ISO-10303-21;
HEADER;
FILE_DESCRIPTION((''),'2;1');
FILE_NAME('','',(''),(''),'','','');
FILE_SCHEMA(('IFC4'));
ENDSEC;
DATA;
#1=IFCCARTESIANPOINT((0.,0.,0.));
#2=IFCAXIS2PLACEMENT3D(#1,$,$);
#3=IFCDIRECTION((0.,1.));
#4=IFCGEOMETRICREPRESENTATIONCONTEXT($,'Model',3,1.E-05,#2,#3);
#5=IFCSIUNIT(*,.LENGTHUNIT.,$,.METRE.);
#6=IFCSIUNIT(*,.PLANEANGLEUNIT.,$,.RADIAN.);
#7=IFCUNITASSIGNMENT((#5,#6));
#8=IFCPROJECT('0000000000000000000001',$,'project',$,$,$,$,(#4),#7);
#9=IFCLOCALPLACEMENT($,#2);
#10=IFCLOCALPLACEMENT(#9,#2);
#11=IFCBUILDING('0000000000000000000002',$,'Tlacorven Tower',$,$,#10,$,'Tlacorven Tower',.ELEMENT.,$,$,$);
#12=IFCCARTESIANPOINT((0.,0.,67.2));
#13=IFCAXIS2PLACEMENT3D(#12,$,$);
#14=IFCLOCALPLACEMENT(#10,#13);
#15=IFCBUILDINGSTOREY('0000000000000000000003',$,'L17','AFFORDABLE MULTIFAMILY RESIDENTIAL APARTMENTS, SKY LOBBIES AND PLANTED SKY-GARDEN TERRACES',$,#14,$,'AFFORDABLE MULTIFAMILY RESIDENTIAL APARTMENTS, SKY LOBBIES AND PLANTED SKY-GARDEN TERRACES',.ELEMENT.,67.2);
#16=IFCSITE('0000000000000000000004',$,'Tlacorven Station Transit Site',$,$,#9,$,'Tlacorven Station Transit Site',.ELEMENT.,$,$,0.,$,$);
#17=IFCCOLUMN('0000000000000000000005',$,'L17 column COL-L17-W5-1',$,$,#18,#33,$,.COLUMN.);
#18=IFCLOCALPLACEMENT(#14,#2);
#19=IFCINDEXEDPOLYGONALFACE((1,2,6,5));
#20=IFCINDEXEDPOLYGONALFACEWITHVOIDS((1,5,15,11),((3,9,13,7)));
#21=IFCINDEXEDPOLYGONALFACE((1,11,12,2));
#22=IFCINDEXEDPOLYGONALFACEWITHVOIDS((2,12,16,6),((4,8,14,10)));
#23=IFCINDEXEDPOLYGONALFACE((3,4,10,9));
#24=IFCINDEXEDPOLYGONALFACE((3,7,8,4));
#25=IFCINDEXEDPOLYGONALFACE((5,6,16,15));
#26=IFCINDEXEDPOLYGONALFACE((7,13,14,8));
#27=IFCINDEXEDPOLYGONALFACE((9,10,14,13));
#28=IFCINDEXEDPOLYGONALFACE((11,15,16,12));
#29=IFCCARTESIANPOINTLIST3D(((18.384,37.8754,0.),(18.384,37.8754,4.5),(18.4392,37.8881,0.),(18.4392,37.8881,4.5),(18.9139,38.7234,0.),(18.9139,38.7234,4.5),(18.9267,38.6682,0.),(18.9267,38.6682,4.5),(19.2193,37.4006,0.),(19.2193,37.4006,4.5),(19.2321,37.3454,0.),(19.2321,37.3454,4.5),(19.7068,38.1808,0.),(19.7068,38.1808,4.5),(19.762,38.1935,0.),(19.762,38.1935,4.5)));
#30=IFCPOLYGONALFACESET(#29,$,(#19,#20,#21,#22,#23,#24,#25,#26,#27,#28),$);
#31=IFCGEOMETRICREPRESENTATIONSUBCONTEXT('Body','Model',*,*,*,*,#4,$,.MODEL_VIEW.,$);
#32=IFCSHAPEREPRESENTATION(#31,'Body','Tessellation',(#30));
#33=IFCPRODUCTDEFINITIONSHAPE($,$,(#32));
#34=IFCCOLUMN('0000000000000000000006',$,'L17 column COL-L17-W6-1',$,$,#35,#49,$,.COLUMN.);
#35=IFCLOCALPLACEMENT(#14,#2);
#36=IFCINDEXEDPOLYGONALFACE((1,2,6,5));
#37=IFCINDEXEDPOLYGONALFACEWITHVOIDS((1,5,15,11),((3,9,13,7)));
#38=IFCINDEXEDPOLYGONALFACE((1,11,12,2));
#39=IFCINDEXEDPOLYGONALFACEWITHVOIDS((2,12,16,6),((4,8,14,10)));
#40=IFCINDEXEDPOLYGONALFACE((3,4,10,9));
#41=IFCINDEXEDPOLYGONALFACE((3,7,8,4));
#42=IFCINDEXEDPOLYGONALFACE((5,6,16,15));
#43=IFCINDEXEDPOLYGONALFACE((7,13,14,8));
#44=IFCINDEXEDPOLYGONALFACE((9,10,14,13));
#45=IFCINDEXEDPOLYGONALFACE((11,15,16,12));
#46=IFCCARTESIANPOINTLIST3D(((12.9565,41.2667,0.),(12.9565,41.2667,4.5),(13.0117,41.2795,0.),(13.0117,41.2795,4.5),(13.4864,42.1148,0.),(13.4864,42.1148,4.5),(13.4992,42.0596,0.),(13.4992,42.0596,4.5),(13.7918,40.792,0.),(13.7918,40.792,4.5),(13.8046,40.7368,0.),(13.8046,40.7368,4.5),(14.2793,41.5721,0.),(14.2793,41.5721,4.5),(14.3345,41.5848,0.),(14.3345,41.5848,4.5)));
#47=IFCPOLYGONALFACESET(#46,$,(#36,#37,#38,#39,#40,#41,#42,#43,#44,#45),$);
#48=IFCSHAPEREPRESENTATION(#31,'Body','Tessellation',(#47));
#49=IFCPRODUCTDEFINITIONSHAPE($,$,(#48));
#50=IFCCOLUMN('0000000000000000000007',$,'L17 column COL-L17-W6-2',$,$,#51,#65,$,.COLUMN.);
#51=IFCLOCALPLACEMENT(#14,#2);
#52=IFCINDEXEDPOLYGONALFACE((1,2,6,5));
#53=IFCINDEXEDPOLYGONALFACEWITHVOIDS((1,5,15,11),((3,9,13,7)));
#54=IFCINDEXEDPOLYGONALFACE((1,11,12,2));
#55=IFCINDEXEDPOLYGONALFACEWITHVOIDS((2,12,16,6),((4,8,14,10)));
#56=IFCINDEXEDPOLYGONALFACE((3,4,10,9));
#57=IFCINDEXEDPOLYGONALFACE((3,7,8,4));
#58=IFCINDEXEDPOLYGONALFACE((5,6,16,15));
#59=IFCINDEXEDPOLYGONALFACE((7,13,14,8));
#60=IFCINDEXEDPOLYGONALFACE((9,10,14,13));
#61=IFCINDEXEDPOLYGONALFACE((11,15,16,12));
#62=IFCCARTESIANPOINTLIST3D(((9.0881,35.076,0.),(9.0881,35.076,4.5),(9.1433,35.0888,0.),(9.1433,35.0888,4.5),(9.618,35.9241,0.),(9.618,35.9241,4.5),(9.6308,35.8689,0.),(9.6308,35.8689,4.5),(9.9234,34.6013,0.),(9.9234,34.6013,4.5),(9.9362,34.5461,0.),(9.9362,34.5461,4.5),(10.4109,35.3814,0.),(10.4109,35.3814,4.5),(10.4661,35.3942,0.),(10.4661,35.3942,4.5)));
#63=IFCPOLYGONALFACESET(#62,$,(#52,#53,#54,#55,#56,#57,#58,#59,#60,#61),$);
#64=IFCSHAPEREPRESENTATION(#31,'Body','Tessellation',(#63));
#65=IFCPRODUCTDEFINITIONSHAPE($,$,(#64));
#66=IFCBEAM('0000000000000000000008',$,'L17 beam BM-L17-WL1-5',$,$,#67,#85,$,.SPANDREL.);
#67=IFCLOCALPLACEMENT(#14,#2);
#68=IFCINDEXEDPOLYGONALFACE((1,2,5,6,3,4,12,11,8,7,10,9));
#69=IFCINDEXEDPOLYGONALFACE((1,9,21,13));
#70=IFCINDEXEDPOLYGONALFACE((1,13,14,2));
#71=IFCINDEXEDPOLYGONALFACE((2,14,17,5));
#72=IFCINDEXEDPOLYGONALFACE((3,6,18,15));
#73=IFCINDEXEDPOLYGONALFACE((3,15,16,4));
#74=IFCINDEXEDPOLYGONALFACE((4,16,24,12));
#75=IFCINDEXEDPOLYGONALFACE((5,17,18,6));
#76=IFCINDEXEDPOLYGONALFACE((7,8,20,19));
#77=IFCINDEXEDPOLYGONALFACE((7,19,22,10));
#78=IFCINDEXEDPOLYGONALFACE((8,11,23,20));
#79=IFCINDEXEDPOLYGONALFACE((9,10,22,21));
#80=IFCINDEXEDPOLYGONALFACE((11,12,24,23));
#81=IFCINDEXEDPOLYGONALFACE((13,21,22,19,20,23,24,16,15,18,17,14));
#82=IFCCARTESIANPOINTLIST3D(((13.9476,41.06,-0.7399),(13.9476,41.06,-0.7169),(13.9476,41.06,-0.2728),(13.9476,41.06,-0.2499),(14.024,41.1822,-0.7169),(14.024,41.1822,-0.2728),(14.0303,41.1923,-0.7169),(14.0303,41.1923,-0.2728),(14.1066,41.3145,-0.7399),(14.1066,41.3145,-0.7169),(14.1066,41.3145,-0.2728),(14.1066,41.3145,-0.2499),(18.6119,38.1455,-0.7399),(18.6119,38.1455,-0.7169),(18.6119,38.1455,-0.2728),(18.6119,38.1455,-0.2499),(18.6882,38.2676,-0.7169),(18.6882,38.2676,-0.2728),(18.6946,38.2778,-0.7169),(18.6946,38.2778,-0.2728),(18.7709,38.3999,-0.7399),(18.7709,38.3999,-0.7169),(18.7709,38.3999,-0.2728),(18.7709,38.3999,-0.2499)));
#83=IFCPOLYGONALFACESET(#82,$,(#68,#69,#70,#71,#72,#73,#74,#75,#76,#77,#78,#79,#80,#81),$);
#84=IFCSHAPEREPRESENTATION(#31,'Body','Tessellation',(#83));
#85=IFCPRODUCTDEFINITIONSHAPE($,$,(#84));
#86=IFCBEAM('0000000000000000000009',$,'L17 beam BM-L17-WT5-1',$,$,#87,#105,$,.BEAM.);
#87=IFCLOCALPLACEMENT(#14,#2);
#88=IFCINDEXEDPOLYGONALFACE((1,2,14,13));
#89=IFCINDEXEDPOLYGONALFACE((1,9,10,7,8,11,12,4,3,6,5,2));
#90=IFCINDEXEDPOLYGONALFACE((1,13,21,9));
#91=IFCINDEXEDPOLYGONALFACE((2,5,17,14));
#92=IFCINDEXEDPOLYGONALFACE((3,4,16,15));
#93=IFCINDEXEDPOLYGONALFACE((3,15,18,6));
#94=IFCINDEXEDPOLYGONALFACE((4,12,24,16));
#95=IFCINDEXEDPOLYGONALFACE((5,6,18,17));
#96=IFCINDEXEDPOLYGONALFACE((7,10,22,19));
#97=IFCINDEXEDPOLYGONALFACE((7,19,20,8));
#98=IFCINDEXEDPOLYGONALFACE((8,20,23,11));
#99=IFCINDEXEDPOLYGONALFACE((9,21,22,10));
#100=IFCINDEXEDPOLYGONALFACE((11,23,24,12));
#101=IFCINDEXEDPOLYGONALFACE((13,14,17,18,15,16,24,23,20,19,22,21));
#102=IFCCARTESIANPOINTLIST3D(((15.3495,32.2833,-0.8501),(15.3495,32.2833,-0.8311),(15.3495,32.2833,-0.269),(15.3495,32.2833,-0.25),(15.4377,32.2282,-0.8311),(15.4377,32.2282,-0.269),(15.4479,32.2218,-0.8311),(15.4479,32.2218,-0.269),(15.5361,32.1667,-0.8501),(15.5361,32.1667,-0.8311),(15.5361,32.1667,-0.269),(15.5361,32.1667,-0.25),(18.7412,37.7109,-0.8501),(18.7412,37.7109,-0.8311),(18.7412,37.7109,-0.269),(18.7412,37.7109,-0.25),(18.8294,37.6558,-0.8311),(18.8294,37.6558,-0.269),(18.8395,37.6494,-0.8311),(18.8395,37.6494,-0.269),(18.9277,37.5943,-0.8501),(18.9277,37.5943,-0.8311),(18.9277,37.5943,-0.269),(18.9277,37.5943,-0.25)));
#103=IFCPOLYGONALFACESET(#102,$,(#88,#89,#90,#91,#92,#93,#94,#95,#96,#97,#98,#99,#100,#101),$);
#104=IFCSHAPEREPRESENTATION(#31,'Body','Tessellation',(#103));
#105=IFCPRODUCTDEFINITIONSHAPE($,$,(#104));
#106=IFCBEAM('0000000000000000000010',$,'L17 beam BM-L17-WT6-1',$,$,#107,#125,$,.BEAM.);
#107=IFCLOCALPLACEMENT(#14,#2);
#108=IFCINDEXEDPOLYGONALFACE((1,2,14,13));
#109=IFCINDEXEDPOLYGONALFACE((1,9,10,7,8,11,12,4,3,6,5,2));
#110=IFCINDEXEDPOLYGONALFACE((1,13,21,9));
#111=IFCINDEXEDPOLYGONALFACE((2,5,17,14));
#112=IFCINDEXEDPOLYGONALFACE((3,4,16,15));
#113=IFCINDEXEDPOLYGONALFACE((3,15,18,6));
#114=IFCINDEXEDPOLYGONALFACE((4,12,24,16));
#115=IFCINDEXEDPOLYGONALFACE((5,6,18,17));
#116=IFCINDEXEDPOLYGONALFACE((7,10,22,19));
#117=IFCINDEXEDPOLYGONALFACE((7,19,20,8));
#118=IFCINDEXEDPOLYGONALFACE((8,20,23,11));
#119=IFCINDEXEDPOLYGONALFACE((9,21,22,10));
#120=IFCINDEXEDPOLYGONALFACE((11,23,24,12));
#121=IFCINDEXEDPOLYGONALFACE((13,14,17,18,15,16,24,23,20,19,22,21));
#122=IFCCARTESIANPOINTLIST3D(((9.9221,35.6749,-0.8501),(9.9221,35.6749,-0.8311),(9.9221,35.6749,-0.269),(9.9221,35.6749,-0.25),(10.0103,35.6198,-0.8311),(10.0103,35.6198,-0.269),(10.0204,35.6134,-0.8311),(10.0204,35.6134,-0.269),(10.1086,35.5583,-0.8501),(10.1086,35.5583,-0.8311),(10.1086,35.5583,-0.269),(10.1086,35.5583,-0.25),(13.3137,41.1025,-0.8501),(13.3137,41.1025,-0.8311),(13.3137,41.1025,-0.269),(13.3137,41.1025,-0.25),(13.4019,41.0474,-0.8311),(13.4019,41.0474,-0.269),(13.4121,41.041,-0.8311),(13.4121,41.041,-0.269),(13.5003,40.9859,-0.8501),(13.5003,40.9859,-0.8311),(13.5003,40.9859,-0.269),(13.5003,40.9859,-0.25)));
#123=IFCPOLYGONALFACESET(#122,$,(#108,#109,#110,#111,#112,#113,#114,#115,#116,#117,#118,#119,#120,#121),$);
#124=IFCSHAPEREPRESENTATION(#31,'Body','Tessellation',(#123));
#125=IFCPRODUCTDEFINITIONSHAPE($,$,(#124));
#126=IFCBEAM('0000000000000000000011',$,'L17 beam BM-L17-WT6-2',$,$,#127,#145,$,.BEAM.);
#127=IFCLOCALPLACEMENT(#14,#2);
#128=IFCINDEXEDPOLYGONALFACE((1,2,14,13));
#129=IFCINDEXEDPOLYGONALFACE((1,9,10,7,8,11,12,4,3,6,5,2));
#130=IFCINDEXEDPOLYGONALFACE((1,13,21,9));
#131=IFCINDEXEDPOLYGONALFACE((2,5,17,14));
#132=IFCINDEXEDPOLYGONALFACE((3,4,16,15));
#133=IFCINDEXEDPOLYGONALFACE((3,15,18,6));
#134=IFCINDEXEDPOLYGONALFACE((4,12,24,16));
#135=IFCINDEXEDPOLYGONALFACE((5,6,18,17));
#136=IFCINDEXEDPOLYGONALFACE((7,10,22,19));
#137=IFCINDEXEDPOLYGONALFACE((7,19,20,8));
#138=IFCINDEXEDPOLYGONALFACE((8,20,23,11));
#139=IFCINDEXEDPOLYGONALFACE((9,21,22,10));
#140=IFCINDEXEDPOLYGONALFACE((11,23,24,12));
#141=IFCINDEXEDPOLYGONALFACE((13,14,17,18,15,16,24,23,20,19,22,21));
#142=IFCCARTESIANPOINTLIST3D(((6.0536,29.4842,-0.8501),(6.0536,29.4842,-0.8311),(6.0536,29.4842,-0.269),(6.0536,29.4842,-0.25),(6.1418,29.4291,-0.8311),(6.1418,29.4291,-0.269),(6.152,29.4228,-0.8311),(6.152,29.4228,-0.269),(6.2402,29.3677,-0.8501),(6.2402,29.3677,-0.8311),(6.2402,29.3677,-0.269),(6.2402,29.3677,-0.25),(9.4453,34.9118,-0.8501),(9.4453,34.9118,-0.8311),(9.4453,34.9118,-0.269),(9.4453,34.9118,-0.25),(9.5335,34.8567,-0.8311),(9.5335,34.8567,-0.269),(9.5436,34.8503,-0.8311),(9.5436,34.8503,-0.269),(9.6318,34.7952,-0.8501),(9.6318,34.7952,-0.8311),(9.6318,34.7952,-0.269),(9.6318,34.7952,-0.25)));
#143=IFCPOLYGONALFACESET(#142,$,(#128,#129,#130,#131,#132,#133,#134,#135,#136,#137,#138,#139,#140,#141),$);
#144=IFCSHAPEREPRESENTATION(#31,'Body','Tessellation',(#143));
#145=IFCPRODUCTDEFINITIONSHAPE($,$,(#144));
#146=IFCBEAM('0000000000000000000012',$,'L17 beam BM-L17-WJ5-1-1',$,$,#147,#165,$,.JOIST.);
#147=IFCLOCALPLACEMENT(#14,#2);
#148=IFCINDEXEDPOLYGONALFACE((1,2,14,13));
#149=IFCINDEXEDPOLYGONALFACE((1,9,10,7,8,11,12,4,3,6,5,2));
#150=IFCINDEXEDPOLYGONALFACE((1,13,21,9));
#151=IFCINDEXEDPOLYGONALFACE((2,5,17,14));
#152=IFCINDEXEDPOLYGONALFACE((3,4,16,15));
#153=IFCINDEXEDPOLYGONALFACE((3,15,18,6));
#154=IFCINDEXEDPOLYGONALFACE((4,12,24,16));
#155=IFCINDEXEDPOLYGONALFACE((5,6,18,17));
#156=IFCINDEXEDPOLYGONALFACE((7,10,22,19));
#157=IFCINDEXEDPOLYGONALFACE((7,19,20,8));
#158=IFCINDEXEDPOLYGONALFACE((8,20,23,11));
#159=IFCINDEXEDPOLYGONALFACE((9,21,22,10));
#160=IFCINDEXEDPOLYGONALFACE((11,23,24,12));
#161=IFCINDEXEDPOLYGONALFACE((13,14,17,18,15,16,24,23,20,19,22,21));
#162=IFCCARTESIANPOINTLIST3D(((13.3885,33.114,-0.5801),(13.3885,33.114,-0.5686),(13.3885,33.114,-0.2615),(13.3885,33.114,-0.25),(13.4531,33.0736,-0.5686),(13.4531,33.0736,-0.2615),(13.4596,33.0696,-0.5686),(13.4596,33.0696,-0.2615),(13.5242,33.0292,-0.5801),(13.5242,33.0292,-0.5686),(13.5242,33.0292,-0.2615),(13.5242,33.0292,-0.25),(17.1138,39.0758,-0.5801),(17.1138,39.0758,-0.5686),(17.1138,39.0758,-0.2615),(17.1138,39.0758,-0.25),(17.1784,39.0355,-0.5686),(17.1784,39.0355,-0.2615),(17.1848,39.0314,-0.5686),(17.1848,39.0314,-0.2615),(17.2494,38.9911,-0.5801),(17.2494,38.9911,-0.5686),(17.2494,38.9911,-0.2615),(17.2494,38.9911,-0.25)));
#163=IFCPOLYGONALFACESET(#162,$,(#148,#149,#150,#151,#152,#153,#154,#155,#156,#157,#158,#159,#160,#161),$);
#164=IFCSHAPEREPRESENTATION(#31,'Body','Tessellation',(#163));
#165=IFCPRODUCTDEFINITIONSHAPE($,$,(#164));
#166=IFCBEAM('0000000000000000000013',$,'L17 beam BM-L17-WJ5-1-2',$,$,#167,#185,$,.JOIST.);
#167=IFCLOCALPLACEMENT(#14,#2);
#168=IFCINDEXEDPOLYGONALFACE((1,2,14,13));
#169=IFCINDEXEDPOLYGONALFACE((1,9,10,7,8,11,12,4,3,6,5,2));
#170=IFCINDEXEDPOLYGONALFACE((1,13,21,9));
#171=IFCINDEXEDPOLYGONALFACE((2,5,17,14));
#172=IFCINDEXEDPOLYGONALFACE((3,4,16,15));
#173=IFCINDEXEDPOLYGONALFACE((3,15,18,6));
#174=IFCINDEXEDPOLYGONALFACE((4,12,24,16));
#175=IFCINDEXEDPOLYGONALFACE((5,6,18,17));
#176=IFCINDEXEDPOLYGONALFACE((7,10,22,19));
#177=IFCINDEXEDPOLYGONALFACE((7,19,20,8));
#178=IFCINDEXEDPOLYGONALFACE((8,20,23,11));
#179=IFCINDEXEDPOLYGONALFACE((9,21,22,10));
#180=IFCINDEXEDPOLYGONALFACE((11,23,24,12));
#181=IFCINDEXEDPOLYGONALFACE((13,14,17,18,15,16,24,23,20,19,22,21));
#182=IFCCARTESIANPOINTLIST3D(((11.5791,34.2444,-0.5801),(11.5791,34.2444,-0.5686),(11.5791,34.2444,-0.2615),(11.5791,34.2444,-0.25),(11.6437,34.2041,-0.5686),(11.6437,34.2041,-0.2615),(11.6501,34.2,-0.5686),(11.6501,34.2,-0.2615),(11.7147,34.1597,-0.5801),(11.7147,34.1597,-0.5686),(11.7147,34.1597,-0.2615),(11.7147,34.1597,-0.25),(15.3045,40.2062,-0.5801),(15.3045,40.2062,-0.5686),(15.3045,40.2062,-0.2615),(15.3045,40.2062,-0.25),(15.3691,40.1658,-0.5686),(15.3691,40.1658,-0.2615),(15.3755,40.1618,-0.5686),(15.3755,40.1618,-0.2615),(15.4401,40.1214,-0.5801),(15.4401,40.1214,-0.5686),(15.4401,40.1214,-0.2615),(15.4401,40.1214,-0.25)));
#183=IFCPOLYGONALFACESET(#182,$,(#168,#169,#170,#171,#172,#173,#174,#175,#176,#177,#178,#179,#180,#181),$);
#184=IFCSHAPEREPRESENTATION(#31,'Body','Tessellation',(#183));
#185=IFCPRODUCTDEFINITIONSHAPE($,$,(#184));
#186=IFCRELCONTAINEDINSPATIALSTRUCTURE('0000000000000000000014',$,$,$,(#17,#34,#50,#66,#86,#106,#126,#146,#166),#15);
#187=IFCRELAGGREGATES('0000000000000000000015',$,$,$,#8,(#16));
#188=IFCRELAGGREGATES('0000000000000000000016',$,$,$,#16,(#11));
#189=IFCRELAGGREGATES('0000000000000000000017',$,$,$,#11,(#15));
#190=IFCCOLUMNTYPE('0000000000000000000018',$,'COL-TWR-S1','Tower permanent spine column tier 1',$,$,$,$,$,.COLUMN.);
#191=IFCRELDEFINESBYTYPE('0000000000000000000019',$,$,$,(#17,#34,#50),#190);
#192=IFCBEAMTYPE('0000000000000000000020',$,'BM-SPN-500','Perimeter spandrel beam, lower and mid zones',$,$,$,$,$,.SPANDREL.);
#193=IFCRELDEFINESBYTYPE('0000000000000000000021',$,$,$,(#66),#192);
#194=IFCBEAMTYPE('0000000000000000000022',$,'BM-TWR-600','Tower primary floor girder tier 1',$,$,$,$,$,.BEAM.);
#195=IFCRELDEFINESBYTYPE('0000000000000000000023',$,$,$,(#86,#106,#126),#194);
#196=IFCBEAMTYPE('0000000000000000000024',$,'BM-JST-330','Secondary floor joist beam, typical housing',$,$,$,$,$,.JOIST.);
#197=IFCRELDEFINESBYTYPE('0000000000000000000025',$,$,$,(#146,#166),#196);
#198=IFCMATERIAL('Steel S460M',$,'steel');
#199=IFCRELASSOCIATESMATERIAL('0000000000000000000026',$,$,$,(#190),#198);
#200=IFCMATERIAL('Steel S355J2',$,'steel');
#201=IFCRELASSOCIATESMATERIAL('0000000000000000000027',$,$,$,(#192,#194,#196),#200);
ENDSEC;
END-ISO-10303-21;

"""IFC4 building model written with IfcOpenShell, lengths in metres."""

from ifc_helpers import new_model, si_unit, direction, frame, origin, origin_2d, place, context, subcontext, project, spatial, hollow_rectangle, i_section, extrude, source, transform, mapped, material, material_profile, profile_set, type_object, element, save


model = new_model("IFC4")

# Units and contexts
model_context = context("Model", 3, precision=1e-05, world=origin(), true_north=direction((0.0, 1.0)))
body_context = subcontext(model_context, "Body", "Model", "MODEL_VIEW")
ifc_project = project(units=[si_unit("LENGTHUNIT", "METRE"), si_unit("PLANEANGLEUNIT", "RADIAN")], contexts=[model_context])

# Site, building, storey
site_placement = place(None, origin())
site = spatial("IfcSite", under=ifc_project, at=site_placement, Name="Tlacorven Station Transit Site", LongName="Tlacorven Station Transit Site", CompositionType="ELEMENT", RefElevation=0.0)
building_placement = place(site_placement, origin())
building = spatial("IfcBuilding", under=site, at=building_placement, Name="Tlacorven Tower", LongName="Tlacorven Tower", CompositionType="ELEMENT")
storey_placement = place(building_placement, frame((0.0, 0.0, 67.2)))
storey = spatial("IfcBuildingStorey", under=building, at=storey_placement, Name="L17", Description="AFFORDABLE MULTIFAMILY RESIDENTIAL APARTMENTS, SKY LOBBIES AND PLANTED SKY-GARDEN TERRACES", LongName="AFFORDABLE MULTIFAMILY RESIDENTIAL APARTMENTS, SKY LOBBIES AND PLANTED SKY-GARDEN TERRACES", CompositionType="ELEMENT", Elevation=67.2)

# Columns
ifc_material_1 = material(Name="Steel S460M", Category="steel")
ifc_material_profile_1 = material_profile(ifc_material_1, hollow_rectangle(XDim=1.0, YDim=1.0, WallThickness=0.04, at=origin_2d()), Name="BOX 1000X1000X40")
ifc_profile_set_1 = profile_set([ifc_material_profile_1], Name="Steel S460M")
column_type = type_object("IfcColumnType", Name="COL-TWR-S1", Description="Tower permanent spine column tier 1", PredefinedType="COLUMN", material=ifc_profile_set_1)
shared_shape_1 = source(origin(), body_context, "Body", "SweptSolid", [
    extrude(hollow_rectangle(XDim=1.0, YDim=1.0, WallThickness=0.04, at=origin_2d()), origin(), (0.0, 0.0, 1.0), 4.5),
])
for number, where, z_axis, x_axis, name in (
    (1, (19.073, 38.0344, 0.0), (0.0, 0.0, 1.0), (-0.848048, 0.529919, 0.0), "L17 column COL-L17-W5-1"),
    (2, (13.6455, 41.4258, 0.0), (0.0, 0.0, 1.0), (-0.848048, 0.529919, 0.0), "L17 column COL-L17-W6-1"),
    (3, (9.7771, 35.2351, 0.0), (0.0, 0.0, 1.0), (-0.848048, 0.529919, 0.0), "L17 column COL-L17-W6-2"),
):
    element("IfcColumn", number, at=place(storey_placement, frame(where, z_axis=z_axis, x_axis=x_axis)), inside=storey, type_object=column_type, Name=name, PredefinedType="COLUMN", context=body_context, shape_type="MappedRepresentation", body=[
        mapped(shared_shape_1, transform((0.0, 0.0, 0.0), scale=1.0)),
    ])

# Beams
ifc_material_2 = material(Name="Steel S355J2", Category="steel")
ifc_material_profile_2 = material_profile(ifc_material_2, i_section(OverallWidth=0.3, OverallDepth=0.49, WebThickness=0.012, FlangeThickness=0.0229, at=origin_2d()), Name="HEA 500")
ifc_profile_set_2 = profile_set([ifc_material_profile_2], Name="Steel S355J2")
beam_type_1 = type_object("IfcBeamType", Name="BM-SPN-500", Description="Perimeter spandrel beam, lower and mid zones", PredefinedType="SPANDREL", material=ifc_profile_set_2)
shared_shape_2 = source(origin(), body_context, "Body", "SweptSolid", [
    extrude(i_section(OverallWidth=0.3, OverallDepth=0.49, WebThickness=0.012, FlangeThickness=0.0229, at=origin_2d()), origin(), (0.0, 0.0, 1.0), 5.5),
])
beam_1_placement = place(storey_placement, frame((18.6914, 38.2727, -0.4949), z_axis=(-0.848051, 0.529915, 0.0), x_axis=(-0.529915, -0.848051, 0.0)))
element("IfcBeam", 4, at=beam_1_placement, inside=storey, type_object=beam_type_1, Name="L17 beam BM-L17-WL1-5", PredefinedType="SPANDREL", context=body_context, shape_type="MappedRepresentation", body=[
    mapped(shared_shape_2, transform((0.0, 0.0, 0.0), scale=1.0)),
])
ifc_material_profile_3 = material_profile(ifc_material_2, i_section(OverallWidth=0.22, OverallDepth=0.6001, WebThickness=0.012, FlangeThickness=0.019, at=origin_2d()), Name="IPE 600")
ifc_profile_set_3 = profile_set([ifc_material_profile_3], Name="Steel S355J2")
beam_type_2 = type_object("IfcBeamType", Name="BM-TWR-600", Description="Tower primary floor girder tier 1", PredefinedType="BEAM", material=ifc_profile_set_3)
shared_shape_3 = source(origin(), body_context, "Body", "SweptSolid", [
    extrude(i_section(OverallWidth=0.22, OverallDepth=0.6001, WebThickness=0.012, FlangeThickness=0.019, at=origin_2d()), origin(), (0.0, 0.0, 1.0), 6.4001),
])
for number, where, z_axis, x_axis, name in (
    (5, (18.8345, 37.6526, -0.55), (-0.529934, -0.848039, 0.0), (0.848039, -0.529934, 0.0), "L17 beam BM-L17-WT5-1"),
    (6, (13.407, 41.0442, -0.55), (-0.529934, -0.848039, 0.0), (0.848039, -0.529934, 0.0), "L17 beam BM-L17-WT6-1"),
    (7, (9.5386, 34.8535, -0.55), (-0.529934, -0.848039, 0.0), (0.848039, -0.529934, 0.0), "L17 beam BM-L17-WT6-2"),
):
    element("IfcBeam", number, at=place(storey_placement, frame(where, z_axis=z_axis, x_axis=x_axis)), inside=storey, type_object=beam_type_2, Name=name, PredefinedType="BEAM", context=body_context, shape_type="MappedRepresentation", body=[
        mapped(shared_shape_3, transform((0.0, 0.0, 0.0), scale=1.0)),
    ])
ifc_material_profile_4 = material_profile(ifc_material_2, i_section(OverallWidth=0.1599, OverallDepth=0.3301, WebThickness=0.0076, FlangeThickness=0.0115, at=origin_2d()), Name="IPE 330")
ifc_profile_set_4 = profile_set([ifc_material_profile_4], Name="Steel S355J2")
beam_type_3 = type_object("IfcBeamType", Name="BM-JST-330", Description="Secondary floor joist beam, typical housing", PredefinedType="JOIST", material=ifc_profile_set_4)
shared_shape_4 = source(origin(), body_context, "Body", "SweptSolid", [
    extrude(i_section(OverallWidth=0.1599, OverallDepth=0.3301, WebThickness=0.0076, FlangeThickness=0.0115, at=origin_2d()), origin(), (0.0, 0.0, 1.0), 7.03),
])
for number, where, z_axis, x_axis, name in (
    (8, (17.1816, 39.0334, -0.415), (-0.529912, -0.848053, 0.0), (0.848053, -0.529912, 0.0), "L17 beam BM-L17-WJ5-1-1"),
    (9, (15.3723, 40.1638, -0.415), (-0.529927, -0.848043, 0.0), (0.848043, -0.529927, 0.0), "L17 beam BM-L17-WJ5-1-2"),
):
    element("IfcBeam", number, at=place(storey_placement, frame(where, z_axis=z_axis, x_axis=x_axis)), inside=storey, type_object=beam_type_3, Name=name, PredefinedType="JOIST", context=body_context, shape_type="MappedRepresentation", body=[
        mapped(shared_shape_4, transform((0.0, 0.0, 0.0), scale=1.0)),
    ])

save(model, "model.ifc")
